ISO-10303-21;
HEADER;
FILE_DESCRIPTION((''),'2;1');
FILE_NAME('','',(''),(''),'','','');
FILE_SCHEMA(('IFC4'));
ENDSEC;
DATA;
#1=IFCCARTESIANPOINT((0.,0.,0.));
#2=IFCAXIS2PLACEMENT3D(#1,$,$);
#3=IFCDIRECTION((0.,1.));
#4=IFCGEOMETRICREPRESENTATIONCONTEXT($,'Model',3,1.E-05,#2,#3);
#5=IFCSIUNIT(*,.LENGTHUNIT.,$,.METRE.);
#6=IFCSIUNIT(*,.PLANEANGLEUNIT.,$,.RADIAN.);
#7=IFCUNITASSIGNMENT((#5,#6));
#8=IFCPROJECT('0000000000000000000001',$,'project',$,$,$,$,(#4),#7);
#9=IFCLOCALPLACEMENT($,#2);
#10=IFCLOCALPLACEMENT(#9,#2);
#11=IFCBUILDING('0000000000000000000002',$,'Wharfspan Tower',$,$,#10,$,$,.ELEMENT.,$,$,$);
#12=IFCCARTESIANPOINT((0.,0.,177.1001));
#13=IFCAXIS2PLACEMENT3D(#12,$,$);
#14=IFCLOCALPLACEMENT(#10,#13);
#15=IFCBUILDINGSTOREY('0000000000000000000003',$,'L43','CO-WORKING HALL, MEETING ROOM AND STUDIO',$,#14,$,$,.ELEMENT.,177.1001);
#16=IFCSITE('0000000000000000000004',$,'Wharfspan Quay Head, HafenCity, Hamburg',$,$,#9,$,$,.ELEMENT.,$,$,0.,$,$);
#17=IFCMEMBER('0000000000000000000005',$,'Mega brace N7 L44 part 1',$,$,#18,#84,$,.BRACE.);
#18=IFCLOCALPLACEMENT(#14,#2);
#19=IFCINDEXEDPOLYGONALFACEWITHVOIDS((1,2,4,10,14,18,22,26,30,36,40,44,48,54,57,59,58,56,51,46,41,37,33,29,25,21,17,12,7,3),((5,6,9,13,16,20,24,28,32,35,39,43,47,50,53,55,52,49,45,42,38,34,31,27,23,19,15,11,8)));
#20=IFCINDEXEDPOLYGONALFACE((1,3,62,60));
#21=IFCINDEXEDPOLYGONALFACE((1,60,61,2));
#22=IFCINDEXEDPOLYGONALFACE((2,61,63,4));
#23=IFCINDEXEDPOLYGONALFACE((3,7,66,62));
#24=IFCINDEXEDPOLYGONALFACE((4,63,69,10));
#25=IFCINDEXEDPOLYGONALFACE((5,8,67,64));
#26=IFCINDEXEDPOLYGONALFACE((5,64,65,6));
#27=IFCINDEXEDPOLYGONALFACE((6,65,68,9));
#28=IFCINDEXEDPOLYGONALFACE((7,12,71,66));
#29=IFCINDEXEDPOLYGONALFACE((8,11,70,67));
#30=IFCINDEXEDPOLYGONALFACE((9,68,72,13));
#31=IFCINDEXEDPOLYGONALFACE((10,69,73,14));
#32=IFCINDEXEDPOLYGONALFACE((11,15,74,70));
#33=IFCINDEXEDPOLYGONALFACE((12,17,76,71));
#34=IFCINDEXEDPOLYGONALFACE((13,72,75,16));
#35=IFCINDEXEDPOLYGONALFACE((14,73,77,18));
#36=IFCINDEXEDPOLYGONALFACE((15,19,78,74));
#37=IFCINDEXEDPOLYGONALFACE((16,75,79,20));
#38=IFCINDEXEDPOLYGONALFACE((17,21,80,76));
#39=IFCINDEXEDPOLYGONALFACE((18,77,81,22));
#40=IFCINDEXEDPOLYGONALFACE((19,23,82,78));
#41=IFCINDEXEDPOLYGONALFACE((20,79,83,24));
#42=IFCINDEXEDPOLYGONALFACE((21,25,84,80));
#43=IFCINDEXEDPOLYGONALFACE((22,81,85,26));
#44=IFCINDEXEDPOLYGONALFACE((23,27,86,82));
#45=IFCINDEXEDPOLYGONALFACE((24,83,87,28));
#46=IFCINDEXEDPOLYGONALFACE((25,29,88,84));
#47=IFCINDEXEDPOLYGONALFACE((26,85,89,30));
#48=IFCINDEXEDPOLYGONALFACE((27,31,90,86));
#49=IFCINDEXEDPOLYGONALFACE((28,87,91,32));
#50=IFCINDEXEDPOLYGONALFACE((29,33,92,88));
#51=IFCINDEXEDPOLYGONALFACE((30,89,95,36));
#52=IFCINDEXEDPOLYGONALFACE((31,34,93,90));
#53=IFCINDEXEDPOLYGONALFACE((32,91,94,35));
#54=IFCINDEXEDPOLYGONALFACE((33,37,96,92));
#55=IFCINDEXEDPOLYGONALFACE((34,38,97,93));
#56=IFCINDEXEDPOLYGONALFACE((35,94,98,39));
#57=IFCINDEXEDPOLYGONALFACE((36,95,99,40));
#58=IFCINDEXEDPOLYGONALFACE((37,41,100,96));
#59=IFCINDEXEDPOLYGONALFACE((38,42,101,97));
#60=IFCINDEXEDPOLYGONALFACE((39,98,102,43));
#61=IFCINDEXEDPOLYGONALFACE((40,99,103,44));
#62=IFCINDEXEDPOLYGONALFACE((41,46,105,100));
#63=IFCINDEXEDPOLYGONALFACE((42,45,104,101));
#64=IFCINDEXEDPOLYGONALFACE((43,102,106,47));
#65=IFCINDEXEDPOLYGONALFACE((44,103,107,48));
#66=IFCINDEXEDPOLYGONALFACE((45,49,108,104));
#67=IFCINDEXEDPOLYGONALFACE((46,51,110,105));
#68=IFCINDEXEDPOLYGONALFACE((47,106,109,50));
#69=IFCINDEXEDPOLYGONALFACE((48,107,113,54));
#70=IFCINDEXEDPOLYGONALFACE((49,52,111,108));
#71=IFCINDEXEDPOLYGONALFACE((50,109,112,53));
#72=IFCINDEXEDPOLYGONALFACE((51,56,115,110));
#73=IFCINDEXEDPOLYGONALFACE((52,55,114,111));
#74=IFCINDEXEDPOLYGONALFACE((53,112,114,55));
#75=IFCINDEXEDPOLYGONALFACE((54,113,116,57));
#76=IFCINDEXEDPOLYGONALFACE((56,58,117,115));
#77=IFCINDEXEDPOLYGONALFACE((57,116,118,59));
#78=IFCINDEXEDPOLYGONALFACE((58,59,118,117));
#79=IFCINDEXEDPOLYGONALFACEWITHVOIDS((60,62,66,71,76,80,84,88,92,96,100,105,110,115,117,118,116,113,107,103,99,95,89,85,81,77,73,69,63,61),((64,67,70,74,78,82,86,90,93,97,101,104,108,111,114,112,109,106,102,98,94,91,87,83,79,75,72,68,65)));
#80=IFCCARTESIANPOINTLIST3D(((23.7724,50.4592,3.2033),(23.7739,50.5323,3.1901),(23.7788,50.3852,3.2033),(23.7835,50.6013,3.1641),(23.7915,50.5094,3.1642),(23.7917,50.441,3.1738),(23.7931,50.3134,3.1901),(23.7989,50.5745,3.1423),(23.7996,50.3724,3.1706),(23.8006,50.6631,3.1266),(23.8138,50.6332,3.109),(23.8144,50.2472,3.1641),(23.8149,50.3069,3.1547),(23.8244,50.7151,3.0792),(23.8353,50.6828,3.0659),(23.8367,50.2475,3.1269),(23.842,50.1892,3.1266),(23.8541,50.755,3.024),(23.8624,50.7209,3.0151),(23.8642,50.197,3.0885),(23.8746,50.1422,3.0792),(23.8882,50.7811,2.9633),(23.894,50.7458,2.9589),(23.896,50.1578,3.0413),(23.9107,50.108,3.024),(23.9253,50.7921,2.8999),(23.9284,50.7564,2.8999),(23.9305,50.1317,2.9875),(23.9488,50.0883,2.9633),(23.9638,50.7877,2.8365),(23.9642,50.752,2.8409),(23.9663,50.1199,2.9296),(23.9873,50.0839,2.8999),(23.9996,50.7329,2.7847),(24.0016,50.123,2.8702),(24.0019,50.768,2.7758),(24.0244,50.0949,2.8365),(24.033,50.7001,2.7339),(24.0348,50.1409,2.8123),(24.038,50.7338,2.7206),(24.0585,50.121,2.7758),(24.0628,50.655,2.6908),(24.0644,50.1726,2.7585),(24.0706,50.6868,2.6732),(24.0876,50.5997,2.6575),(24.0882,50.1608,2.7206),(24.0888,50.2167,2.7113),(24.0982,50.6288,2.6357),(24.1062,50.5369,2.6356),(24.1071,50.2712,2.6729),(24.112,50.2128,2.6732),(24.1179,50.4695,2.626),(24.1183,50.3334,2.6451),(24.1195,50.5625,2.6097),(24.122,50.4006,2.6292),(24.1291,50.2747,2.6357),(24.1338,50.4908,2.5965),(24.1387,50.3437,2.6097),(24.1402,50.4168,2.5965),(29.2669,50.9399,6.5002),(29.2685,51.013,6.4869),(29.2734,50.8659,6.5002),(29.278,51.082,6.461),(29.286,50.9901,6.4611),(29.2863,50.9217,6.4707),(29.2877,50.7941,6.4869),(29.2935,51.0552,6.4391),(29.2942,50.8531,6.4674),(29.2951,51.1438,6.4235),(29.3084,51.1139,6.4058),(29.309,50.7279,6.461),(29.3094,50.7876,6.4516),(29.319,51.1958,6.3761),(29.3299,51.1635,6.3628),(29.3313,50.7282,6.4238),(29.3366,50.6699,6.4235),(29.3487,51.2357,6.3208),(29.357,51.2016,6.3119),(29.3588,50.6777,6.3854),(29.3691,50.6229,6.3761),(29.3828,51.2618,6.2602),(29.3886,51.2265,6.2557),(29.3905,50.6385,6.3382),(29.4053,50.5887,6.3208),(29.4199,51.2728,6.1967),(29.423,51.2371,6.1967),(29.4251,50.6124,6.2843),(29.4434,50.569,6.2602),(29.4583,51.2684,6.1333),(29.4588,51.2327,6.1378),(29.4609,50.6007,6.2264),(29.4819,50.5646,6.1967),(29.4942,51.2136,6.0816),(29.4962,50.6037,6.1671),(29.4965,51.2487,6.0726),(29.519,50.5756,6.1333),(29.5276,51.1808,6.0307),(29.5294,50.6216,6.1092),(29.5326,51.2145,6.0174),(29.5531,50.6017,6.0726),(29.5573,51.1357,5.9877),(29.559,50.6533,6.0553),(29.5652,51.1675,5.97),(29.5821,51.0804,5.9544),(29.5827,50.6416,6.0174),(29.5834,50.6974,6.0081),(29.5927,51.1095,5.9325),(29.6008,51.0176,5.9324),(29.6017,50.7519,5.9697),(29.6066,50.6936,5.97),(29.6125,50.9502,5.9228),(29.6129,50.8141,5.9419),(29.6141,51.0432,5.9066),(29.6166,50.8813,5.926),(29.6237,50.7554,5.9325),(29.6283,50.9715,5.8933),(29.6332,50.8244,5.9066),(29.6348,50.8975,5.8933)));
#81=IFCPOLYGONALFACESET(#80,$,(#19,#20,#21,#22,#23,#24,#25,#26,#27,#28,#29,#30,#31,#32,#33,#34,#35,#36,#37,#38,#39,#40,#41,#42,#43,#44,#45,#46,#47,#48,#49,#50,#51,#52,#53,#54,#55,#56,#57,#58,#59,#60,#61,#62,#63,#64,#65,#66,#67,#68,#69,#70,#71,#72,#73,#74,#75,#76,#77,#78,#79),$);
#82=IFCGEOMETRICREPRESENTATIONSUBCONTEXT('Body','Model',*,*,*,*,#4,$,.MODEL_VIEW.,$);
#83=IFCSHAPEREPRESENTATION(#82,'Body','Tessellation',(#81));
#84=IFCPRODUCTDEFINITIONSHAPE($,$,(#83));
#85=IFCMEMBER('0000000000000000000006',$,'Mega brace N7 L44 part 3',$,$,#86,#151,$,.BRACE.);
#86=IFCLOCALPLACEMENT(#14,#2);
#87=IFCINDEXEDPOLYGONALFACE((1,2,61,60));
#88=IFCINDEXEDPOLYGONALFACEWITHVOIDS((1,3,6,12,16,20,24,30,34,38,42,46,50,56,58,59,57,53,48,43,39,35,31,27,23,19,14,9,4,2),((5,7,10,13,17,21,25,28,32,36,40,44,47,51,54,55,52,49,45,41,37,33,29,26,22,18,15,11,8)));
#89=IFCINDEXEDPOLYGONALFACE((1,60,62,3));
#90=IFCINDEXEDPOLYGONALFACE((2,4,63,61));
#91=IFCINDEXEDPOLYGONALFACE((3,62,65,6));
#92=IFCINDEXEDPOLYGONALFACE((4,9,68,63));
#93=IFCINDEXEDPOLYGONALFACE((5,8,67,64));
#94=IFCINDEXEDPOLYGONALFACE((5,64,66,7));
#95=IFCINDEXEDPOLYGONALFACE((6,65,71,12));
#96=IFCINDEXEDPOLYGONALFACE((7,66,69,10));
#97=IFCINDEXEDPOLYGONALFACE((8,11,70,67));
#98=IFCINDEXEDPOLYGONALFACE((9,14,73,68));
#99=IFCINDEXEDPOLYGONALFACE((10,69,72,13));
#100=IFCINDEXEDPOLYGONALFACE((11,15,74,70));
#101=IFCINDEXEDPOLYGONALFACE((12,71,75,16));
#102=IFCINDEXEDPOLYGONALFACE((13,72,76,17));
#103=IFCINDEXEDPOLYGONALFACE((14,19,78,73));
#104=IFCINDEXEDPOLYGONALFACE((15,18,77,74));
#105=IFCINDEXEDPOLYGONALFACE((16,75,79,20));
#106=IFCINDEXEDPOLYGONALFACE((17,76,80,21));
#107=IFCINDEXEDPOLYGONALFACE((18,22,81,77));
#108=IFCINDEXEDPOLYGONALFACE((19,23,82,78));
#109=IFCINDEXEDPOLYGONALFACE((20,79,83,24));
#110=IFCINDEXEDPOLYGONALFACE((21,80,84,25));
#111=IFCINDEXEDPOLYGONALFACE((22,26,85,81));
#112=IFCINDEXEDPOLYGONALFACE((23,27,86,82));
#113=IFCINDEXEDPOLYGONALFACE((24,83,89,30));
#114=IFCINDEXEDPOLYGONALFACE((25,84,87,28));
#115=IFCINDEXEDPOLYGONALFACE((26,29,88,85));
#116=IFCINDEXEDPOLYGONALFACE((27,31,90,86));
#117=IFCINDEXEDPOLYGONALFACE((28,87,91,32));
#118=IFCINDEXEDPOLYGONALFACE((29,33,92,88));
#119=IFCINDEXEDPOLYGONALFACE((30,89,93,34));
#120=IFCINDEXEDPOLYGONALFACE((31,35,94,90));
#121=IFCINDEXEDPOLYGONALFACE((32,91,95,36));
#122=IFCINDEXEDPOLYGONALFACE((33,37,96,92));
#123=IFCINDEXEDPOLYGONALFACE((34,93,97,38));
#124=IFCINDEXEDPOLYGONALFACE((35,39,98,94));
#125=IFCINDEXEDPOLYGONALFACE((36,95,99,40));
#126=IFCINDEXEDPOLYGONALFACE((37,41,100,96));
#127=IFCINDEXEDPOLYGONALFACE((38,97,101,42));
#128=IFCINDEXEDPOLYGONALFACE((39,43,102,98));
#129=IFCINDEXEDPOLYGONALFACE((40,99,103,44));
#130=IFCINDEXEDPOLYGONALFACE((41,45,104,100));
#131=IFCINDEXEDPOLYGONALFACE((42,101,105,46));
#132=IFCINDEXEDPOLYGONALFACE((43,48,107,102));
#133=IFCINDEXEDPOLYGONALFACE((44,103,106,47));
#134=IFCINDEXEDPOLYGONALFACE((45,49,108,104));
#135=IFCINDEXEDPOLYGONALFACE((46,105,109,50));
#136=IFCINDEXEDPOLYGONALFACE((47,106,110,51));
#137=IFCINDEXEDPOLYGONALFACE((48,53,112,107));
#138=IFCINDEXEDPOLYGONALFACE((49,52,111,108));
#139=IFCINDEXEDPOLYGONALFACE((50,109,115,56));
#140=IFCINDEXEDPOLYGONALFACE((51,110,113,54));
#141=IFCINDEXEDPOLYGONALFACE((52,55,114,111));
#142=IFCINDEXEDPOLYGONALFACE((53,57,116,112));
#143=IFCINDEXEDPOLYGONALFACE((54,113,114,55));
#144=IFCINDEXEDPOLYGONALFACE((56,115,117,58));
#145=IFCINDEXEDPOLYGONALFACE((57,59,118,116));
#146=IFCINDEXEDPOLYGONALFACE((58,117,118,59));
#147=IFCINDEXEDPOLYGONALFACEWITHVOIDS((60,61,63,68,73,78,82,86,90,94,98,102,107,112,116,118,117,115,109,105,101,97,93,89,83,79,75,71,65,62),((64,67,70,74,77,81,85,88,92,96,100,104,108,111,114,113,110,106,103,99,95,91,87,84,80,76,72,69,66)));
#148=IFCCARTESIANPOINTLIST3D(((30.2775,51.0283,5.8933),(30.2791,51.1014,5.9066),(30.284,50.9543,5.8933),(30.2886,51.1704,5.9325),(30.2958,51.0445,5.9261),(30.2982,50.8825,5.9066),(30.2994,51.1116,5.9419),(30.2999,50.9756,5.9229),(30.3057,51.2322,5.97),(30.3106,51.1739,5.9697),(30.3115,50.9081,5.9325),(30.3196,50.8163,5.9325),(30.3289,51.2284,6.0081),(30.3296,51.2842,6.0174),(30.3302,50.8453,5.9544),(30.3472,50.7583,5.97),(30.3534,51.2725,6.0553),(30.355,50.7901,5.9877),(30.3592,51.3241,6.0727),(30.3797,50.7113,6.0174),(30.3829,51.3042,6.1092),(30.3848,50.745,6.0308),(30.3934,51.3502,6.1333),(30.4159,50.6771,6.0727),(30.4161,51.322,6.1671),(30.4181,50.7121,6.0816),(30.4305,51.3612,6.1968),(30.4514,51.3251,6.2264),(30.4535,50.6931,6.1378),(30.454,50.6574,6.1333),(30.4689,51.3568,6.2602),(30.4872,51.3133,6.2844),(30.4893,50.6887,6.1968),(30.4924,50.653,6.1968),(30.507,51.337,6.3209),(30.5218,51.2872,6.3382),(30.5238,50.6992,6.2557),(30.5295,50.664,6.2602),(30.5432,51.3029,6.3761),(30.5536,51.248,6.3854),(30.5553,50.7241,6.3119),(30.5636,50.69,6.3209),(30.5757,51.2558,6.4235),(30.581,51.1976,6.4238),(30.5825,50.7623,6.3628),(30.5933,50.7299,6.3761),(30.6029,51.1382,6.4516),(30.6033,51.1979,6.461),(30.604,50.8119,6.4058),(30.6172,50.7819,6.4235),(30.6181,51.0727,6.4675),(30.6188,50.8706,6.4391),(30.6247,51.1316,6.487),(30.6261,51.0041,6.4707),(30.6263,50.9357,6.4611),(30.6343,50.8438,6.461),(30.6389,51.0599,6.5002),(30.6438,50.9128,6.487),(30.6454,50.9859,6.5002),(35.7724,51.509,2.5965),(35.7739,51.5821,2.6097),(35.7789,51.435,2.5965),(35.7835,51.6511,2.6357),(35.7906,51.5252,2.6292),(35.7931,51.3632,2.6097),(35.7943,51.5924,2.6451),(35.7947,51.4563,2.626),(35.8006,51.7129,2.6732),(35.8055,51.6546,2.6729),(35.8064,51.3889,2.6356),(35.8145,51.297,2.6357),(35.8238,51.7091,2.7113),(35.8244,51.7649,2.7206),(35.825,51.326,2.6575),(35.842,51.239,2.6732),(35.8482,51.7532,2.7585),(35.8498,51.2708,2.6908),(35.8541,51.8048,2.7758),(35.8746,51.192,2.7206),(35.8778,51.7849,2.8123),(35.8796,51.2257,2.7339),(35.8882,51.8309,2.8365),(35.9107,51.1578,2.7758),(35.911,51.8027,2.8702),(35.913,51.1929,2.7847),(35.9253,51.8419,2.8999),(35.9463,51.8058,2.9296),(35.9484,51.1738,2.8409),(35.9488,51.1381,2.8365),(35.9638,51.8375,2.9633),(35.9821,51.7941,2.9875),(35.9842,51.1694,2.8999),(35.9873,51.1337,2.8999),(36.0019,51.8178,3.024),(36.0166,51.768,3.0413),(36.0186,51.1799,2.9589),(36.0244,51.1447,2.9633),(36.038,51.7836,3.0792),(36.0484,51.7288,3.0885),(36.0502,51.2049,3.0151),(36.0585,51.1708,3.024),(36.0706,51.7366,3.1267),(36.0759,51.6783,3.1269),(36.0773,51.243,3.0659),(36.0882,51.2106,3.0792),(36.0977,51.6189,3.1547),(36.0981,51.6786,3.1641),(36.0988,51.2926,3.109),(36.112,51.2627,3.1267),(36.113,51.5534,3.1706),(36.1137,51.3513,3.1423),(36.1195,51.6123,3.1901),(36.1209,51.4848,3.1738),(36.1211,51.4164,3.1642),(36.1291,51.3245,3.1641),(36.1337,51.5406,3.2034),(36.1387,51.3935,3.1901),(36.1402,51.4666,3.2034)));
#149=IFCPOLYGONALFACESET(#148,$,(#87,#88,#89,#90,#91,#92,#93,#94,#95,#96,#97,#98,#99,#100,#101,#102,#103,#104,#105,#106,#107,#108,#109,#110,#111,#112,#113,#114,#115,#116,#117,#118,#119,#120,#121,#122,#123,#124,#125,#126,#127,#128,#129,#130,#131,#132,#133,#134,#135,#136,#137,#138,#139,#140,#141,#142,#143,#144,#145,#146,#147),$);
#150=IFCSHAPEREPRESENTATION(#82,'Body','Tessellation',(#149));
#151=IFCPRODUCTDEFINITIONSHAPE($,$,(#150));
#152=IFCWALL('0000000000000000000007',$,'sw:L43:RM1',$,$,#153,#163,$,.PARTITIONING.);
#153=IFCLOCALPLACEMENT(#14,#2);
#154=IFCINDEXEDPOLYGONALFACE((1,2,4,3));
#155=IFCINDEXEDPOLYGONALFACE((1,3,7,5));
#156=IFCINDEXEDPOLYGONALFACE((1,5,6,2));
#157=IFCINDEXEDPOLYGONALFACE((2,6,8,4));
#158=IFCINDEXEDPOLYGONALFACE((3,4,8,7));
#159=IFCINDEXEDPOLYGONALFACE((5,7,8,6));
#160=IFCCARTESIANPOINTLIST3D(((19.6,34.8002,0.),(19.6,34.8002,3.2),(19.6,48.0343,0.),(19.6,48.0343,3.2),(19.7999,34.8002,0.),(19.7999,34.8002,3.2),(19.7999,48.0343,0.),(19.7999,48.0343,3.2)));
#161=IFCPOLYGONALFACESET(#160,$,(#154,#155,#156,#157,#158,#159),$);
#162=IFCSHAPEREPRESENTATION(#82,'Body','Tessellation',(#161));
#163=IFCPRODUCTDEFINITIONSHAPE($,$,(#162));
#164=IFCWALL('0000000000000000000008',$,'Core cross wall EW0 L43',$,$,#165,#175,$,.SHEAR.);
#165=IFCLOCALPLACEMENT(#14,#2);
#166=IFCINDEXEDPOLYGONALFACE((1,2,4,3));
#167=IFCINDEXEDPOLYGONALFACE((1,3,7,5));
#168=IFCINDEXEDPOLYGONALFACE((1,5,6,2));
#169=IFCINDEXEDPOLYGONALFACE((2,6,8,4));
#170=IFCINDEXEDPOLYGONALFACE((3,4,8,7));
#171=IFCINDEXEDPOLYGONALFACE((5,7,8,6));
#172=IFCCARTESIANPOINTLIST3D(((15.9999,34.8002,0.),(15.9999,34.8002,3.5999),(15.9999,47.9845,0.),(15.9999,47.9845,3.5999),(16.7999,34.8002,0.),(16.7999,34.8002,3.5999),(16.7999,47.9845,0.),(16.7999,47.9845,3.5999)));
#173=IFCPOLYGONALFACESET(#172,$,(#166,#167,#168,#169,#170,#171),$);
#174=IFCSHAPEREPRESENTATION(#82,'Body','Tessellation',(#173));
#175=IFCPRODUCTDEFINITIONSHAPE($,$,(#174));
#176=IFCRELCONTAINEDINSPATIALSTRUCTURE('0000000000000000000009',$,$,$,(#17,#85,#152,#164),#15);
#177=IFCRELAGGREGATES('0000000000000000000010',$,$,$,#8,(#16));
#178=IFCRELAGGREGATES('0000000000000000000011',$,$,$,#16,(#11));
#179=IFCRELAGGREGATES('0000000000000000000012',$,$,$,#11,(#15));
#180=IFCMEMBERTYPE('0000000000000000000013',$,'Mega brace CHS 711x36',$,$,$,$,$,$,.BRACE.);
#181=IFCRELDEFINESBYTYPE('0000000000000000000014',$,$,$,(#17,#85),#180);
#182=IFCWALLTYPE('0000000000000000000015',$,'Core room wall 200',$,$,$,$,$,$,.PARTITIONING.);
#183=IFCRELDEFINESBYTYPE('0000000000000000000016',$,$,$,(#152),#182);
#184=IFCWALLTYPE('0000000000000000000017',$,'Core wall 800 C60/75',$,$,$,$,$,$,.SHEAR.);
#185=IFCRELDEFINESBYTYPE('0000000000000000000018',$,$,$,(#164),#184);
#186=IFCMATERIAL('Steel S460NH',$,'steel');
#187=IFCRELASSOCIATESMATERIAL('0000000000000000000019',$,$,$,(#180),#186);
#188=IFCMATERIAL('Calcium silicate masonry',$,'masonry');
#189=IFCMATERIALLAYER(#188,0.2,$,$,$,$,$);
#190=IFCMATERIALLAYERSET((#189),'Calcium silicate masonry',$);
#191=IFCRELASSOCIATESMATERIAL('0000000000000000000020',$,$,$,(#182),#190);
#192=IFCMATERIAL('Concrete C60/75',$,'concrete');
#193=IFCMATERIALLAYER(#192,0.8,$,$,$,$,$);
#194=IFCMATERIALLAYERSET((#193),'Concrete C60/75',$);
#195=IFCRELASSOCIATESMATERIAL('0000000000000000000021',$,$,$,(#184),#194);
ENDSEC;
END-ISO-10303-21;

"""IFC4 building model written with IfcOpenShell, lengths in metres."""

from ifc_helpers import new_model, si_unit, direction, frame, frame_2d, origin, origin_2d, place, context, subcontext, project, spatial, rectangle, hollow_circle, extrude, material, layer, layer_set, material_profile, profile_set, type_object, element, save


model = new_model("IFC4")

# Units and contexts
model_context = context("Model", 3, precision=1e-05, world=origin(), true_north=direction((0.0, 1.0)))
body_context = subcontext(model_context, "Body", "Model", "MODEL_VIEW")
ifc_project = project(units=[si_unit("LENGTHUNIT", "METRE"), si_unit("PLANEANGLEUNIT", "RADIAN")], contexts=[model_context])

# Site, building, storey
site_placement = place(None, origin())
site = spatial("IfcSite", under=ifc_project, at=site_placement, Name="Wharfspan Quay Head, HafenCity, Hamburg", CompositionType="ELEMENT", RefElevation=0.0)
building_placement = place(site_placement, origin())
building = spatial("IfcBuilding", under=site, at=building_placement, Name="Wharfspan Tower", CompositionType="ELEMENT")
storey_placement = place(building_placement, frame((0.0, 0.0, 177.1001)))
storey = spatial("IfcBuildingStorey", under=building, at=storey_placement, Name="L43", Description="CO-WORKING HALL, MEETING ROOM AND STUDIO", CompositionType="ELEMENT", Elevation=177.1001)

# Members
ifc_material_1 = material(Name="Steel S460NH", Category="steel")
ifc_material_profile_1 = material_profile(ifc_material_1, hollow_circle(Radius=0.3555, WallThickness=0.0359, at=origin_2d()))
ifc_profile_set_1 = profile_set([ifc_material_profile_1], Name="Steel S460NH")
member_type = type_object("IfcMemberType", Name="Mega brace CHS 711x36", PredefinedType="BRACE", material=ifc_profile_set_1)
member_1_placement = place(storey_placement, frame((23.9563, 50.438, 2.8999), z_axis=(0.855083, 0.074809, 0.513065), x_axis=(-0.087154, 0.996196, -0.000001)))
element("IfcMember", 1, at=member_1_placement, inside=storey, type_object=member_type, Name="Mega brace N7 L44 part 1", PredefinedType="BRACE", context=body_context, shape_type="SweptSolid", body=[
    extrude(hollow_circle(Radius=0.3555, WallThickness=0.0359, at=origin_2d()), origin(), (0.0, 0.0, 1.0), 6.4258),
])
member_2_placement = place(storey_placement, frame((35.9563, 51.4878, 2.8999), z_axis=(-0.855094, -0.074807, 0.513049), x_axis=(0.087152, -0.996192, 0.000002)))
element("IfcMember", 2, at=member_2_placement, inside=storey, type_object=member_type, Name="Mega brace N7 L44 part 3", PredefinedType="BRACE", context=body_context, shape_type="SweptSolid", body=[
    extrude(hollow_circle(Radius=0.3555, WallThickness=0.0359, at=origin_2d()), origin(), (0.0, 0.0, 1.0), 6.426),
])

# Walls
ifc_material_2 = material(Name="Calcium silicate masonry", Category="masonry")
ifc_layer_1 = layer(ifc_material_2, 0.2)
ifc_layer_set_1 = layer_set([ifc_layer_1], Name="Calcium silicate masonry")
wall_type_1 = type_object("IfcWallType", Name="Core room wall 200", PredefinedType="PARTITIONING", material=ifc_layer_set_1)
wall_1_placement = place(storey_placement, frame((19.7, 34.8, 0.0), z_axis=(0.0, 0.0, 1.0), x_axis=(0.0, 1.0, 0.0)))
element("IfcWall", 3, at=wall_1_placement, inside=storey, type_object=wall_type_1, Name="sw:L43:RM1", PredefinedType="PARTITIONING", context=body_context, shape_type="SweptSolid", body=[
    extrude(rectangle(XDim=13.2341, YDim=0.2, at=frame_2d((6.6172, 0.0))), origin(), (0.0, 0.0, 1.0), 3.2),
])
ifc_material_3 = material(Name="Concrete C60/75", Category="concrete")
ifc_layer_2 = layer(ifc_material_3, 0.8)
ifc_layer_set_2 = layer_set([ifc_layer_2], Name="Concrete C60/75")
wall_type_2 = type_object("IfcWallType", Name="Core wall 800 C60/75", PredefinedType="SHEAR", material=ifc_layer_set_2)
wall_2_placement = place(storey_placement, frame((16.3999, 34.8, 0.0), z_axis=(0.0, 0.0, 1.0), x_axis=(0.0, 1.0, 0.0)))
element("IfcWall", 4, at=wall_2_placement, inside=storey, type_object=wall_type_2, Name="Core cross wall EW0 L43", PredefinedType="SHEAR", context=body_context, shape_type="SweptSolid", body=[
    extrude(rectangle(XDim=13.1843, YDim=0.8, at=frame_2d((6.5923, 0.0))), origin(), (0.0, 0.0, 1.0), 3.5999),
])

save(model, "model.ifc")
